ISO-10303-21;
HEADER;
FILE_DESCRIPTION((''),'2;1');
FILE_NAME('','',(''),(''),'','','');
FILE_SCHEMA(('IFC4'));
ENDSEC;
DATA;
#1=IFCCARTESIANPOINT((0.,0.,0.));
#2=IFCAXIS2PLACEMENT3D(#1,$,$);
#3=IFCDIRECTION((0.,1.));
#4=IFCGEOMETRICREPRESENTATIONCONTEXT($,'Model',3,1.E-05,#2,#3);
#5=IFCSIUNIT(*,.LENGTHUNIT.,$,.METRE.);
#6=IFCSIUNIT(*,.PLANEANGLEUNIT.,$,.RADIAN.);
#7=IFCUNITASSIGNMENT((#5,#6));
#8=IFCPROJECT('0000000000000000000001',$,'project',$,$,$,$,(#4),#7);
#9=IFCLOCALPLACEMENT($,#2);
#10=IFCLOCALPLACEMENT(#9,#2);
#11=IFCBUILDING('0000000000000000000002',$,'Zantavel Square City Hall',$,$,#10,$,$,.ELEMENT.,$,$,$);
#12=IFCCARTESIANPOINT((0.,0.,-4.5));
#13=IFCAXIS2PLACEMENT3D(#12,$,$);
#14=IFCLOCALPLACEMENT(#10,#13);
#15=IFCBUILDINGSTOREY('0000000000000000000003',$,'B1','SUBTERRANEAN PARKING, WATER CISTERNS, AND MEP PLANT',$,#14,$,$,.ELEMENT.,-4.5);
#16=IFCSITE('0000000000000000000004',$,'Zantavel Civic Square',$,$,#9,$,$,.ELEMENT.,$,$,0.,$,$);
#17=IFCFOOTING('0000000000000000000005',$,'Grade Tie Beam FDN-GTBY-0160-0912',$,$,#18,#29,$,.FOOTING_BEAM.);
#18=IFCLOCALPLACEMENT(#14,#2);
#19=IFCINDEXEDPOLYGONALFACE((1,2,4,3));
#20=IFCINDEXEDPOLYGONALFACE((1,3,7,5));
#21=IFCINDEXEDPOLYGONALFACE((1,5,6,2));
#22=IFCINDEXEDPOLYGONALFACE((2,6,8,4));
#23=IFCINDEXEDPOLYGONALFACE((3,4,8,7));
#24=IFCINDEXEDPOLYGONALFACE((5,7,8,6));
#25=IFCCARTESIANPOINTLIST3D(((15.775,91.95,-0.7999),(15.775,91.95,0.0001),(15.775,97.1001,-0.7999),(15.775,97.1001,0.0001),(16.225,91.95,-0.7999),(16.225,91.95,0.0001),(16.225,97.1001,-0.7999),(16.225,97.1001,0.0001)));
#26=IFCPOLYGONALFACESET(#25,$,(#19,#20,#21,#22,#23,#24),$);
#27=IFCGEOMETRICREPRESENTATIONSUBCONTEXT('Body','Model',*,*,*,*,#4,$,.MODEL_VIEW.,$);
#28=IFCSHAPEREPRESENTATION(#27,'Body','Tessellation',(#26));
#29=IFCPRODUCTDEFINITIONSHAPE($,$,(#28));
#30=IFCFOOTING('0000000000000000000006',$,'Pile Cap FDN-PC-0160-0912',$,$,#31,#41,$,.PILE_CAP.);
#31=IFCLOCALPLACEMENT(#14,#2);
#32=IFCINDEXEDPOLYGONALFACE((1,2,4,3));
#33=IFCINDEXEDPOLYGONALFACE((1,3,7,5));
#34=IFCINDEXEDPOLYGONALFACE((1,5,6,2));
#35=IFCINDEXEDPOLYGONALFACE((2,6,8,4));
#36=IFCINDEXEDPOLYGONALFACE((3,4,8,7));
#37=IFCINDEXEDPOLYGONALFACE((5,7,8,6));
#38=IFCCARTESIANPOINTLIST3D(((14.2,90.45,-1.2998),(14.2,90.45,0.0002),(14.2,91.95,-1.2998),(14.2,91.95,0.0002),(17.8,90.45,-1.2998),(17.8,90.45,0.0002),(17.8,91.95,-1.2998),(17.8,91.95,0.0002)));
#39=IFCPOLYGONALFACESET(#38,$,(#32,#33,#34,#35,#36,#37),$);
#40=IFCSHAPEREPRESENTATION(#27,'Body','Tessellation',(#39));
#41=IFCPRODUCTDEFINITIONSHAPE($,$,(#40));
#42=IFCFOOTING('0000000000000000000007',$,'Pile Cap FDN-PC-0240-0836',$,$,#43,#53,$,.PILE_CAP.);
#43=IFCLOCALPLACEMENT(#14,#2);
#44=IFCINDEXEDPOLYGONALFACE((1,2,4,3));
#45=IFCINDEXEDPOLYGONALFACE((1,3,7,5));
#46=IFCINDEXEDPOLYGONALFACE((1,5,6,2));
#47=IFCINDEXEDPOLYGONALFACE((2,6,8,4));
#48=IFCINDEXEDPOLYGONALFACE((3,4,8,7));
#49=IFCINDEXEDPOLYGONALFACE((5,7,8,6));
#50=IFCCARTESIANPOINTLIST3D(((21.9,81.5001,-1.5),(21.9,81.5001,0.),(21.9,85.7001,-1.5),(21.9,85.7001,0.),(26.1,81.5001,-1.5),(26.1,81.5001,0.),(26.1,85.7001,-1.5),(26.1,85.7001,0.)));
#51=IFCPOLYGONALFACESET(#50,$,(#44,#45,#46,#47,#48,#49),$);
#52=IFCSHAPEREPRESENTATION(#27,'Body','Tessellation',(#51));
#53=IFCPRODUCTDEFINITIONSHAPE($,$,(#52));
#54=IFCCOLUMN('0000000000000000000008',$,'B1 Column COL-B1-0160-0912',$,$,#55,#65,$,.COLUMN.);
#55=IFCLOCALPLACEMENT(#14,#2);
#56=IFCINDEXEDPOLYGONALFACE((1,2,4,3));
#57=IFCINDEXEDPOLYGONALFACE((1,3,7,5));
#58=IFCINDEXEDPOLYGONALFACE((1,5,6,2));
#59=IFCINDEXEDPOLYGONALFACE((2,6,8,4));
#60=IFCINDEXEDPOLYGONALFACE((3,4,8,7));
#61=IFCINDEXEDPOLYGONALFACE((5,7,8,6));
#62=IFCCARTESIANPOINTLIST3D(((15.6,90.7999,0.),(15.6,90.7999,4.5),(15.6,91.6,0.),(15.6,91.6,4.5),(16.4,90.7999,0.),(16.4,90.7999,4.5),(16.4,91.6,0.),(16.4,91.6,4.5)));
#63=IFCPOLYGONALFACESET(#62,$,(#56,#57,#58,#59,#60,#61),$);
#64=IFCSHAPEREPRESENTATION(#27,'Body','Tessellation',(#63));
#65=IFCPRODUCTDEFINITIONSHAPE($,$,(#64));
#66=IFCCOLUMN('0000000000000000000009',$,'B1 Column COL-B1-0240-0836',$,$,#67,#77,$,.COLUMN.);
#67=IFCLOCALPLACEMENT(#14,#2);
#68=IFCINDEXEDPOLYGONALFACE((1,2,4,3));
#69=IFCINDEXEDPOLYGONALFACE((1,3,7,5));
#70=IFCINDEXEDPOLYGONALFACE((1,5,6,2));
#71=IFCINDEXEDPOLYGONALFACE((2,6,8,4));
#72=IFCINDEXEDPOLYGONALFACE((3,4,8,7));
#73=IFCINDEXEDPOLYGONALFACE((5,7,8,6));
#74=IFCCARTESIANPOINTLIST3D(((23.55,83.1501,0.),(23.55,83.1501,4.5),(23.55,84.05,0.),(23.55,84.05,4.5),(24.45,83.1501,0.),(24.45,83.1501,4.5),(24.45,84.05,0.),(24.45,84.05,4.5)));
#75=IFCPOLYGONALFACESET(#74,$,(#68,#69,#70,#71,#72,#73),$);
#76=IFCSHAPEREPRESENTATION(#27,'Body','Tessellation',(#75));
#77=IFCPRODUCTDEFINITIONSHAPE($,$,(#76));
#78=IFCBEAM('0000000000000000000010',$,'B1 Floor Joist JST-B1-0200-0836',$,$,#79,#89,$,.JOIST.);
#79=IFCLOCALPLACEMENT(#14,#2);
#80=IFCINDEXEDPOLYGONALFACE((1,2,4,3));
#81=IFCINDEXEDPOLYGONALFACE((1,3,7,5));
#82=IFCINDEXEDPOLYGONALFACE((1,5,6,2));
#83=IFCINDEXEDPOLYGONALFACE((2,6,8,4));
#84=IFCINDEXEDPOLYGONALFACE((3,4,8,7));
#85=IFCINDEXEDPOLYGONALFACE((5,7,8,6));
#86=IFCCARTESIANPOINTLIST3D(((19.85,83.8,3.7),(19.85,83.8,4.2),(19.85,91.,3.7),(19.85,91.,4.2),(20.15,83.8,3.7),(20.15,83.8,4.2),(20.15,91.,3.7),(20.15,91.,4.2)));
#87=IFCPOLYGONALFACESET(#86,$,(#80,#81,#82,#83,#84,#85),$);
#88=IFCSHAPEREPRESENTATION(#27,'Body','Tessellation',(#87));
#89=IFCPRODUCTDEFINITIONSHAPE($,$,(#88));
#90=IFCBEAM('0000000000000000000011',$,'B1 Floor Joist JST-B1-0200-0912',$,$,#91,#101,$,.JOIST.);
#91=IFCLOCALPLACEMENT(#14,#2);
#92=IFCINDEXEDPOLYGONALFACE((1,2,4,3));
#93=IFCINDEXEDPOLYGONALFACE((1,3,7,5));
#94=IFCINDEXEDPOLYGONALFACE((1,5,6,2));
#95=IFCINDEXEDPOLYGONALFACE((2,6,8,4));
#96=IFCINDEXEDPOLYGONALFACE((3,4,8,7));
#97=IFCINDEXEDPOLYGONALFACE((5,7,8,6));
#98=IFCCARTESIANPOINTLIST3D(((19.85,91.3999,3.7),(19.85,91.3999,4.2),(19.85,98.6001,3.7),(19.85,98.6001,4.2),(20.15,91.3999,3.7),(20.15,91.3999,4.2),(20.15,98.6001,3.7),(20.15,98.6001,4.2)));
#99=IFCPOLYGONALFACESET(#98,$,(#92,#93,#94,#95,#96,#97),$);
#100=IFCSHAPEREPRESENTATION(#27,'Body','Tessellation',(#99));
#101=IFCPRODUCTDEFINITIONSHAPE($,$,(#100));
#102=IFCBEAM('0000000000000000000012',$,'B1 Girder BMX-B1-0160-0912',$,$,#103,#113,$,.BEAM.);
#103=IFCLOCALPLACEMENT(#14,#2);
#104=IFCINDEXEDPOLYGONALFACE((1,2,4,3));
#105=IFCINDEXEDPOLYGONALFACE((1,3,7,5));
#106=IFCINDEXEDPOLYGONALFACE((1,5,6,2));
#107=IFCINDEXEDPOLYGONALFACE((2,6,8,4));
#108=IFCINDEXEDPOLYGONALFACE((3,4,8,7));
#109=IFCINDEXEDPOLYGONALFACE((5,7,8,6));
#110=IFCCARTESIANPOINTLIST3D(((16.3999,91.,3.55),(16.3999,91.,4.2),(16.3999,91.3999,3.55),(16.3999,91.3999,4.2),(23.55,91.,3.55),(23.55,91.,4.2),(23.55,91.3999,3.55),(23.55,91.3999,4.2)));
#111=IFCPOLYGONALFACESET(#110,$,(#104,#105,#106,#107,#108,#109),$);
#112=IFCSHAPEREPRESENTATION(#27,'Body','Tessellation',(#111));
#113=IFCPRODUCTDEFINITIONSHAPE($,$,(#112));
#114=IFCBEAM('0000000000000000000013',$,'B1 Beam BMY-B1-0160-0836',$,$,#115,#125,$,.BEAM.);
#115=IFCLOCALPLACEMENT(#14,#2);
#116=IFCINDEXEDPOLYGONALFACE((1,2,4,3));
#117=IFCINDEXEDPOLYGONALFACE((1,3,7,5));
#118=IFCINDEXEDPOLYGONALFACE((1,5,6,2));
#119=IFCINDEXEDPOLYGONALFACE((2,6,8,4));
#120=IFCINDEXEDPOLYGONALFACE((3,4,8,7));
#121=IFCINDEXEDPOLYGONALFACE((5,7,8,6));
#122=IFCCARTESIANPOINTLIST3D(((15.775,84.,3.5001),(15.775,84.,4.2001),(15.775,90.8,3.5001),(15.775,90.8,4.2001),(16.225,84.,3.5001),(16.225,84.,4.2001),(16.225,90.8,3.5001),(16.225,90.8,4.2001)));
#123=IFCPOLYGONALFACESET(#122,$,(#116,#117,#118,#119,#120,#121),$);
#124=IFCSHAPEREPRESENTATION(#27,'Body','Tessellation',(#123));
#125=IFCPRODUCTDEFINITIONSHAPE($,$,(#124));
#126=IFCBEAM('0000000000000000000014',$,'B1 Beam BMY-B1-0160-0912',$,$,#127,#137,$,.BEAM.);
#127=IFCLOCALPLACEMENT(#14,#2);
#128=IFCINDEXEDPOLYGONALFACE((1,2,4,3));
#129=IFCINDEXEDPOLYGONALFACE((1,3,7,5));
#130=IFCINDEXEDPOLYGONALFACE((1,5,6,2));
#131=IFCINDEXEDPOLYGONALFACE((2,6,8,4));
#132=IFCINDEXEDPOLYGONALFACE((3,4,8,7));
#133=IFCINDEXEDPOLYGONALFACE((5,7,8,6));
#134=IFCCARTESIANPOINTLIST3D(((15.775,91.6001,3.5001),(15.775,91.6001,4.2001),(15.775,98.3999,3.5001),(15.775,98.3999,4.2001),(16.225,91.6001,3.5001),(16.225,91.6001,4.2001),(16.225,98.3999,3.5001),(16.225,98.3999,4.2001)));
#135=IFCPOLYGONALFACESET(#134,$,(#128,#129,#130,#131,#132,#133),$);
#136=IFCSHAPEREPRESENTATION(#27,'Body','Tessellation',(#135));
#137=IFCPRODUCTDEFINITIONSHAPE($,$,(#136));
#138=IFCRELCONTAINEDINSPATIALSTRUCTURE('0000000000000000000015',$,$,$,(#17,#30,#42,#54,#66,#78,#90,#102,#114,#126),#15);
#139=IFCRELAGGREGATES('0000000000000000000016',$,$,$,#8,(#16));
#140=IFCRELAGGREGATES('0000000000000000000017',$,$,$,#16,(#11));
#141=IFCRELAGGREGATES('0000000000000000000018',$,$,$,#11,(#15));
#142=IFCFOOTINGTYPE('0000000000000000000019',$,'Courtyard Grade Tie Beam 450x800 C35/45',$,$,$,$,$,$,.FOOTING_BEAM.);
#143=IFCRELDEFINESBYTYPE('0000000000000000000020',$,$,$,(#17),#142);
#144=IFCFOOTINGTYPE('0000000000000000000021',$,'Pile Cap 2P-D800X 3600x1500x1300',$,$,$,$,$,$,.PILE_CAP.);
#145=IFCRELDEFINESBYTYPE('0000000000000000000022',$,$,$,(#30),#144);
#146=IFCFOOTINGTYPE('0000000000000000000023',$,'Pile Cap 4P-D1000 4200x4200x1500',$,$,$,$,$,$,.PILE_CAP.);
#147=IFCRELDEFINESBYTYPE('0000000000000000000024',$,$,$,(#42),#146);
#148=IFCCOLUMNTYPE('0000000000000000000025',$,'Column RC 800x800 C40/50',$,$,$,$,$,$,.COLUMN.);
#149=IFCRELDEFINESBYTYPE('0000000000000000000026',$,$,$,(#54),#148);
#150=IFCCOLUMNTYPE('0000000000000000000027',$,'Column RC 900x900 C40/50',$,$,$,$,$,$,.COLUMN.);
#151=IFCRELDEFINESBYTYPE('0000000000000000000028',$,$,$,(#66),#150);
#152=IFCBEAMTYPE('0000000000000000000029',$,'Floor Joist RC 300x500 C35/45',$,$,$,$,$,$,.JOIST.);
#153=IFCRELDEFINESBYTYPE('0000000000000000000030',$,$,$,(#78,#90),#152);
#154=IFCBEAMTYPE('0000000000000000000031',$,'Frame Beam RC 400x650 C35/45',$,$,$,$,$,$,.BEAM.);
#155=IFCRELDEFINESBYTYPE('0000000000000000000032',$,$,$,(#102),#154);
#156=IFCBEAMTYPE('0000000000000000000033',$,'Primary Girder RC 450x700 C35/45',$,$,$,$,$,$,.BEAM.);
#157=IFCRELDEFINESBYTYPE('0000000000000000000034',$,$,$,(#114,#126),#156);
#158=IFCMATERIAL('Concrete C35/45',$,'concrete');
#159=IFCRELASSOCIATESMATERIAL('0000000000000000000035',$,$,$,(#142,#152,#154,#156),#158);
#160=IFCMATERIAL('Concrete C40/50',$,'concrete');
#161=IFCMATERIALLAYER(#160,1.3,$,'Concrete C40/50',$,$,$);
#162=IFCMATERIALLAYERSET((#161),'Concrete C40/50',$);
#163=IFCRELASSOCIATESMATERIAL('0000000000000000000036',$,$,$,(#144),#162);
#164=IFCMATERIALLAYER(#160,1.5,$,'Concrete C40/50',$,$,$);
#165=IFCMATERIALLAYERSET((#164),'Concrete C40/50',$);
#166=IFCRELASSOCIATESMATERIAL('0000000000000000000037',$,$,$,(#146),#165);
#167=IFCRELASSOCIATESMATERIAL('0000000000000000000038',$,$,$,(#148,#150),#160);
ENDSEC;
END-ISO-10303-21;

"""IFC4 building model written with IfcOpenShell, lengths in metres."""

from ifc_helpers import new_model, si_unit, direction, frame, origin, origin_2d, place, context, subcontext, project, spatial, rectangle, extrude, material, layer, layer_set, material_profile, profile_set, type_object, element, save


model = new_model("IFC4")

# Units and contexts
model_context = context("Model", 3, precision=1e-05, world=origin(), true_north=direction((0.0, 1.0)))
body_context = subcontext(model_context, "Body", "Model", "MODEL_VIEW")
ifc_project = project(units=[si_unit("LENGTHUNIT", "METRE"), si_unit("PLANEANGLEUNIT", "RADIAN")], contexts=[model_context])

# Site, building, storey
site_placement = place(None, origin())
site = spatial("IfcSite", under=ifc_project, at=site_placement, Name="Zantavel Civic Square", CompositionType="ELEMENT", RefElevation=0.0)
building_placement = place(site_placement, origin())
building = spatial("IfcBuilding", under=site, at=building_placement, Name="Zantavel Square City Hall", CompositionType="ELEMENT")
storey_placement = place(building_placement, frame((0.0, 0.0, -4.5)))
storey = spatial("IfcBuildingStorey", under=building, at=storey_placement, Name="B1", Description="SUBTERRANEAN PARKING, WATER CISTERNS, AND MEP PLANT", CompositionType="ELEMENT", Elevation=-4.5)

# Shared definitions
ifc_material_1 = material(Name="Concrete C35/45", Category="concrete")

# Footings
ifc_material_profile_1 = material_profile(ifc_material_1, rectangle(XDim=0.45, YDim=0.8, at=origin_2d()), Name="RC 450x800")
ifc_profile_set_1 = profile_set([ifc_material_profile_1], Name="Concrete C35/45")
footing_type_1 = type_object("IfcFootingType", Name="Courtyard Grade Tie Beam 450x800 C35/45", PredefinedType="FOOTING_BEAM", material=ifc_profile_set_1)
footing_1_placement = place(storey_placement, frame((16.0, 91.95, -0.3999), z_axis=(0.0, 1.0, 0.0), x_axis=(-1.0, 0.0, 0.0)))
element("IfcFooting", 1, at=footing_1_placement, inside=storey, type_object=footing_type_1, Name="Grade Tie Beam FDN-GTBY-0160-0912", PredefinedType="FOOTING_BEAM", context=body_context, shape_type="SweptSolid", body=[
    extrude(rectangle(XDim=0.45, YDim=0.8, at=origin_2d()), origin(), (0.0, 0.0, 1.0), 5.1501),
])
ifc_material_2 = material(Name="Concrete C40/50", Category="concrete")
ifc_layer_1 = layer(ifc_material_2, 1.3, Name="Concrete C40/50")
ifc_layer_set_1 = layer_set([ifc_layer_1], Name="Concrete C40/50")
footing_type_2 = type_object("IfcFootingType", Name="Pile Cap 2P-D800X 3600x1500x1300", PredefinedType="PILE_CAP", material=ifc_layer_set_1)
footing_2_placement = place(storey_placement, frame((16.0, 91.2, -1.2998), z_axis=(0.0, 0.0, 1.0), x_axis=(1.0, 0.0, 0.0)))
element("IfcFooting", 2, at=footing_2_placement, inside=storey, type_object=footing_type_2, Name="Pile Cap FDN-PC-0160-0912", PredefinedType="PILE_CAP", context=body_context, shape_type="SweptSolid", body=[
    extrude(rectangle(XDim=3.6001, YDim=1.5, at=origin_2d()), origin(), (0.0, 0.0, 1.0), 1.3),
])
ifc_layer_2 = layer(ifc_material_2, 1.5, Name="Concrete C40/50")
ifc_layer_set_2 = layer_set([ifc_layer_2], Name="Concrete C40/50")
footing_type_3 = type_object("IfcFootingType", Name="Pile Cap 4P-D1000 4200x4200x1500", PredefinedType="PILE_CAP", material=ifc_layer_set_2)
footing_3_placement = place(storey_placement, frame((24.0, 83.6001, -1.5), z_axis=(0.0, 0.0, 1.0), x_axis=(1.0, 0.0, 0.0)))
element("IfcFooting", 3, at=footing_3_placement, inside=storey, type_object=footing_type_3, Name="Pile Cap FDN-PC-0240-0836", PredefinedType="PILE_CAP", context=body_context, shape_type="SweptSolid", body=[
    extrude(rectangle(XDim=4.2, YDim=4.2, at=origin_2d()), origin(), (0.0, 0.0, 1.0), 1.5),
])

# Columns
ifc_material_profile_2 = material_profile(ifc_material_2, rectangle(XDim=0.8, YDim=0.8, at=origin_2d()), Name="RC 800x800")
ifc_profile_set_2 = profile_set([ifc_material_profile_2], Name="Concrete C40/50")
column_type_1 = type_object("IfcColumnType", Name="Column RC 800x800 C40/50", PredefinedType="COLUMN", material=ifc_profile_set_2)
column_1_placement = place(storey_placement, frame((16.0, 91.2, 0.0), z_axis=(0.0, 0.0, 1.0), x_axis=(1.0, 0.0, 0.0)))
element("IfcColumn", 4, at=column_1_placement, inside=storey, type_object=column_type_1, Name="B1 Column COL-B1-0160-0912", PredefinedType="COLUMN", context=body_context, shape_type="SweptSolid", body=[
    extrude(rectangle(XDim=0.8, YDim=0.8, at=origin_2d()), origin(), (0.0, 0.0, 1.0), 4.5),
])
ifc_material_profile_3 = material_profile(ifc_material_2, rectangle(XDim=0.8999, YDim=0.8999, at=origin_2d()), Name="RC 900x900")
ifc_profile_set_3 = profile_set([ifc_material_profile_3], Name="Concrete C40/50")
column_type_2 = type_object("IfcColumnType", Name="Column RC 900x900 C40/50", PredefinedType="COLUMN", material=ifc_profile_set_3)
column_2_placement = place(storey_placement, frame((24.0, 83.6001, 0.0), z_axis=(0.0, 0.0, 1.0), x_axis=(1.0, 0.0, 0.0)))
element("IfcColumn", 5, at=column_2_placement, inside=storey, type_object=column_type_2, Name="B1 Column COL-B1-0240-0836", PredefinedType="COLUMN", context=body_context, shape_type="SweptSolid", body=[
    extrude(rectangle(XDim=0.8999, YDim=0.8999, at=origin_2d()), origin(), (0.0, 0.0, 1.0), 4.5),
])

# Beams
ifc_material_profile_4 = material_profile(ifc_material_1, rectangle(XDim=0.3, YDim=0.5, at=origin_2d()), Name="RC 300x500")
ifc_profile_set_4 = profile_set([ifc_material_profile_4], Name="Concrete C35/45")
beam_type_1 = type_object("IfcBeamType", Name="Floor Joist RC 300x500 C35/45", PredefinedType="JOIST", material=ifc_profile_set_4)
beam_1_placement = place(storey_placement, frame((20.0, 83.8, 3.95), z_axis=(0.0, 1.0, 0.0), x_axis=(-1.0, 0.0, 0.0)))
element("IfcBeam", 6, at=beam_1_placement, inside=storey, type_object=beam_type_1, Name="B1 Floor Joist JST-B1-0200-0836", PredefinedType="JOIST", context=body_context, shape_type="SweptSolid", body=[
    extrude(rectangle(XDim=0.3, YDim=0.5, at=origin_2d()), origin(), (0.0, 0.0, 1.0), 7.2),
])
beam_2_placement = place(storey_placement, frame((20.0, 91.3999, 3.95), z_axis=(0.0, 1.0, 0.0), x_axis=(-1.0, 0.0, 0.0)))
element("IfcBeam", 7, at=beam_2_placement, inside=storey, type_object=beam_type_1, Name="B1 Floor Joist JST-B1-0200-0912", PredefinedType="JOIST", context=body_context, shape_type="SweptSolid", body=[
    extrude(rectangle(XDim=0.3, YDim=0.5, at=origin_2d()), origin(), (0.0, 0.0, 1.0), 7.2002),
])
ifc_material_profile_5 = material_profile(ifc_material_1, rectangle(XDim=0.3999, YDim=0.6499, at=origin_2d()), Name="RC 400x650")
ifc_profile_set_5 = profile_set([ifc_material_profile_5], Name="Concrete C35/45")
beam_type_2 = type_object("IfcBeamType", Name="Frame Beam RC 400x650 C35/45", PredefinedType="BEAM", material=ifc_profile_set_5)
beam_3_placement = place(storey_placement, frame((16.3999, 91.2, 3.875), z_axis=(1.0, 0.0, 0.0), x_axis=(0.0, 1.0, 0.0)))
element("IfcBeam", 8, at=beam_3_placement, inside=storey, type_object=beam_type_2, Name="B1 Girder BMX-B1-0160-0912", PredefinedType="BEAM", context=body_context, shape_type="SweptSolid", body=[
    extrude(rectangle(XDim=0.3999, YDim=0.6499, at=origin_2d()), origin(), (0.0, 0.0, 1.0), 7.1501),
])
ifc_material_profile_6 = material_profile(ifc_material_1, rectangle(XDim=0.45, YDim=0.7, at=origin_2d()), Name="RC 450x700")
ifc_profile_set_6 = profile_set([ifc_material_profile_6], Name="Concrete C35/45")
beam_type_3 = type_object("IfcBeamType", Name="Primary Girder RC 450x700 C35/45", PredefinedType="BEAM", material=ifc_profile_set_6)
beam_4_placement = place(storey_placement, frame((16.0, 84.0, 3.8501), z_axis=(0.0, 1.0, 0.0), x_axis=(-1.0, 0.0, 0.0)))
element("IfcBeam", 9, at=beam_4_placement, inside=storey, type_object=beam_type_3, Name="B1 Beam BMY-B1-0160-0836", PredefinedType="BEAM", context=body_context, shape_type="SweptSolid", body=[
    extrude(rectangle(XDim=0.45, YDim=0.7, at=origin_2d()), origin(), (0.0, 0.0, 1.0), 6.8),
])
beam_5_placement = place(storey_placement, frame((16.0, 91.6001, 3.8501), z_axis=(0.0, 1.0, 0.0), x_axis=(-1.0, 0.0, 0.0)))
element("IfcBeam", 10, at=beam_5_placement, inside=storey, type_object=beam_type_3, Name="B1 Beam BMY-B1-0160-0912", PredefinedType="BEAM", context=body_context, shape_type="SweptSolid", body=[
    extrude(rectangle(XDim=0.45, YDim=0.7, at=origin_2d()), origin(), (0.0, 0.0, 1.0), 6.7998),
])

save(model, "model.ifc")
